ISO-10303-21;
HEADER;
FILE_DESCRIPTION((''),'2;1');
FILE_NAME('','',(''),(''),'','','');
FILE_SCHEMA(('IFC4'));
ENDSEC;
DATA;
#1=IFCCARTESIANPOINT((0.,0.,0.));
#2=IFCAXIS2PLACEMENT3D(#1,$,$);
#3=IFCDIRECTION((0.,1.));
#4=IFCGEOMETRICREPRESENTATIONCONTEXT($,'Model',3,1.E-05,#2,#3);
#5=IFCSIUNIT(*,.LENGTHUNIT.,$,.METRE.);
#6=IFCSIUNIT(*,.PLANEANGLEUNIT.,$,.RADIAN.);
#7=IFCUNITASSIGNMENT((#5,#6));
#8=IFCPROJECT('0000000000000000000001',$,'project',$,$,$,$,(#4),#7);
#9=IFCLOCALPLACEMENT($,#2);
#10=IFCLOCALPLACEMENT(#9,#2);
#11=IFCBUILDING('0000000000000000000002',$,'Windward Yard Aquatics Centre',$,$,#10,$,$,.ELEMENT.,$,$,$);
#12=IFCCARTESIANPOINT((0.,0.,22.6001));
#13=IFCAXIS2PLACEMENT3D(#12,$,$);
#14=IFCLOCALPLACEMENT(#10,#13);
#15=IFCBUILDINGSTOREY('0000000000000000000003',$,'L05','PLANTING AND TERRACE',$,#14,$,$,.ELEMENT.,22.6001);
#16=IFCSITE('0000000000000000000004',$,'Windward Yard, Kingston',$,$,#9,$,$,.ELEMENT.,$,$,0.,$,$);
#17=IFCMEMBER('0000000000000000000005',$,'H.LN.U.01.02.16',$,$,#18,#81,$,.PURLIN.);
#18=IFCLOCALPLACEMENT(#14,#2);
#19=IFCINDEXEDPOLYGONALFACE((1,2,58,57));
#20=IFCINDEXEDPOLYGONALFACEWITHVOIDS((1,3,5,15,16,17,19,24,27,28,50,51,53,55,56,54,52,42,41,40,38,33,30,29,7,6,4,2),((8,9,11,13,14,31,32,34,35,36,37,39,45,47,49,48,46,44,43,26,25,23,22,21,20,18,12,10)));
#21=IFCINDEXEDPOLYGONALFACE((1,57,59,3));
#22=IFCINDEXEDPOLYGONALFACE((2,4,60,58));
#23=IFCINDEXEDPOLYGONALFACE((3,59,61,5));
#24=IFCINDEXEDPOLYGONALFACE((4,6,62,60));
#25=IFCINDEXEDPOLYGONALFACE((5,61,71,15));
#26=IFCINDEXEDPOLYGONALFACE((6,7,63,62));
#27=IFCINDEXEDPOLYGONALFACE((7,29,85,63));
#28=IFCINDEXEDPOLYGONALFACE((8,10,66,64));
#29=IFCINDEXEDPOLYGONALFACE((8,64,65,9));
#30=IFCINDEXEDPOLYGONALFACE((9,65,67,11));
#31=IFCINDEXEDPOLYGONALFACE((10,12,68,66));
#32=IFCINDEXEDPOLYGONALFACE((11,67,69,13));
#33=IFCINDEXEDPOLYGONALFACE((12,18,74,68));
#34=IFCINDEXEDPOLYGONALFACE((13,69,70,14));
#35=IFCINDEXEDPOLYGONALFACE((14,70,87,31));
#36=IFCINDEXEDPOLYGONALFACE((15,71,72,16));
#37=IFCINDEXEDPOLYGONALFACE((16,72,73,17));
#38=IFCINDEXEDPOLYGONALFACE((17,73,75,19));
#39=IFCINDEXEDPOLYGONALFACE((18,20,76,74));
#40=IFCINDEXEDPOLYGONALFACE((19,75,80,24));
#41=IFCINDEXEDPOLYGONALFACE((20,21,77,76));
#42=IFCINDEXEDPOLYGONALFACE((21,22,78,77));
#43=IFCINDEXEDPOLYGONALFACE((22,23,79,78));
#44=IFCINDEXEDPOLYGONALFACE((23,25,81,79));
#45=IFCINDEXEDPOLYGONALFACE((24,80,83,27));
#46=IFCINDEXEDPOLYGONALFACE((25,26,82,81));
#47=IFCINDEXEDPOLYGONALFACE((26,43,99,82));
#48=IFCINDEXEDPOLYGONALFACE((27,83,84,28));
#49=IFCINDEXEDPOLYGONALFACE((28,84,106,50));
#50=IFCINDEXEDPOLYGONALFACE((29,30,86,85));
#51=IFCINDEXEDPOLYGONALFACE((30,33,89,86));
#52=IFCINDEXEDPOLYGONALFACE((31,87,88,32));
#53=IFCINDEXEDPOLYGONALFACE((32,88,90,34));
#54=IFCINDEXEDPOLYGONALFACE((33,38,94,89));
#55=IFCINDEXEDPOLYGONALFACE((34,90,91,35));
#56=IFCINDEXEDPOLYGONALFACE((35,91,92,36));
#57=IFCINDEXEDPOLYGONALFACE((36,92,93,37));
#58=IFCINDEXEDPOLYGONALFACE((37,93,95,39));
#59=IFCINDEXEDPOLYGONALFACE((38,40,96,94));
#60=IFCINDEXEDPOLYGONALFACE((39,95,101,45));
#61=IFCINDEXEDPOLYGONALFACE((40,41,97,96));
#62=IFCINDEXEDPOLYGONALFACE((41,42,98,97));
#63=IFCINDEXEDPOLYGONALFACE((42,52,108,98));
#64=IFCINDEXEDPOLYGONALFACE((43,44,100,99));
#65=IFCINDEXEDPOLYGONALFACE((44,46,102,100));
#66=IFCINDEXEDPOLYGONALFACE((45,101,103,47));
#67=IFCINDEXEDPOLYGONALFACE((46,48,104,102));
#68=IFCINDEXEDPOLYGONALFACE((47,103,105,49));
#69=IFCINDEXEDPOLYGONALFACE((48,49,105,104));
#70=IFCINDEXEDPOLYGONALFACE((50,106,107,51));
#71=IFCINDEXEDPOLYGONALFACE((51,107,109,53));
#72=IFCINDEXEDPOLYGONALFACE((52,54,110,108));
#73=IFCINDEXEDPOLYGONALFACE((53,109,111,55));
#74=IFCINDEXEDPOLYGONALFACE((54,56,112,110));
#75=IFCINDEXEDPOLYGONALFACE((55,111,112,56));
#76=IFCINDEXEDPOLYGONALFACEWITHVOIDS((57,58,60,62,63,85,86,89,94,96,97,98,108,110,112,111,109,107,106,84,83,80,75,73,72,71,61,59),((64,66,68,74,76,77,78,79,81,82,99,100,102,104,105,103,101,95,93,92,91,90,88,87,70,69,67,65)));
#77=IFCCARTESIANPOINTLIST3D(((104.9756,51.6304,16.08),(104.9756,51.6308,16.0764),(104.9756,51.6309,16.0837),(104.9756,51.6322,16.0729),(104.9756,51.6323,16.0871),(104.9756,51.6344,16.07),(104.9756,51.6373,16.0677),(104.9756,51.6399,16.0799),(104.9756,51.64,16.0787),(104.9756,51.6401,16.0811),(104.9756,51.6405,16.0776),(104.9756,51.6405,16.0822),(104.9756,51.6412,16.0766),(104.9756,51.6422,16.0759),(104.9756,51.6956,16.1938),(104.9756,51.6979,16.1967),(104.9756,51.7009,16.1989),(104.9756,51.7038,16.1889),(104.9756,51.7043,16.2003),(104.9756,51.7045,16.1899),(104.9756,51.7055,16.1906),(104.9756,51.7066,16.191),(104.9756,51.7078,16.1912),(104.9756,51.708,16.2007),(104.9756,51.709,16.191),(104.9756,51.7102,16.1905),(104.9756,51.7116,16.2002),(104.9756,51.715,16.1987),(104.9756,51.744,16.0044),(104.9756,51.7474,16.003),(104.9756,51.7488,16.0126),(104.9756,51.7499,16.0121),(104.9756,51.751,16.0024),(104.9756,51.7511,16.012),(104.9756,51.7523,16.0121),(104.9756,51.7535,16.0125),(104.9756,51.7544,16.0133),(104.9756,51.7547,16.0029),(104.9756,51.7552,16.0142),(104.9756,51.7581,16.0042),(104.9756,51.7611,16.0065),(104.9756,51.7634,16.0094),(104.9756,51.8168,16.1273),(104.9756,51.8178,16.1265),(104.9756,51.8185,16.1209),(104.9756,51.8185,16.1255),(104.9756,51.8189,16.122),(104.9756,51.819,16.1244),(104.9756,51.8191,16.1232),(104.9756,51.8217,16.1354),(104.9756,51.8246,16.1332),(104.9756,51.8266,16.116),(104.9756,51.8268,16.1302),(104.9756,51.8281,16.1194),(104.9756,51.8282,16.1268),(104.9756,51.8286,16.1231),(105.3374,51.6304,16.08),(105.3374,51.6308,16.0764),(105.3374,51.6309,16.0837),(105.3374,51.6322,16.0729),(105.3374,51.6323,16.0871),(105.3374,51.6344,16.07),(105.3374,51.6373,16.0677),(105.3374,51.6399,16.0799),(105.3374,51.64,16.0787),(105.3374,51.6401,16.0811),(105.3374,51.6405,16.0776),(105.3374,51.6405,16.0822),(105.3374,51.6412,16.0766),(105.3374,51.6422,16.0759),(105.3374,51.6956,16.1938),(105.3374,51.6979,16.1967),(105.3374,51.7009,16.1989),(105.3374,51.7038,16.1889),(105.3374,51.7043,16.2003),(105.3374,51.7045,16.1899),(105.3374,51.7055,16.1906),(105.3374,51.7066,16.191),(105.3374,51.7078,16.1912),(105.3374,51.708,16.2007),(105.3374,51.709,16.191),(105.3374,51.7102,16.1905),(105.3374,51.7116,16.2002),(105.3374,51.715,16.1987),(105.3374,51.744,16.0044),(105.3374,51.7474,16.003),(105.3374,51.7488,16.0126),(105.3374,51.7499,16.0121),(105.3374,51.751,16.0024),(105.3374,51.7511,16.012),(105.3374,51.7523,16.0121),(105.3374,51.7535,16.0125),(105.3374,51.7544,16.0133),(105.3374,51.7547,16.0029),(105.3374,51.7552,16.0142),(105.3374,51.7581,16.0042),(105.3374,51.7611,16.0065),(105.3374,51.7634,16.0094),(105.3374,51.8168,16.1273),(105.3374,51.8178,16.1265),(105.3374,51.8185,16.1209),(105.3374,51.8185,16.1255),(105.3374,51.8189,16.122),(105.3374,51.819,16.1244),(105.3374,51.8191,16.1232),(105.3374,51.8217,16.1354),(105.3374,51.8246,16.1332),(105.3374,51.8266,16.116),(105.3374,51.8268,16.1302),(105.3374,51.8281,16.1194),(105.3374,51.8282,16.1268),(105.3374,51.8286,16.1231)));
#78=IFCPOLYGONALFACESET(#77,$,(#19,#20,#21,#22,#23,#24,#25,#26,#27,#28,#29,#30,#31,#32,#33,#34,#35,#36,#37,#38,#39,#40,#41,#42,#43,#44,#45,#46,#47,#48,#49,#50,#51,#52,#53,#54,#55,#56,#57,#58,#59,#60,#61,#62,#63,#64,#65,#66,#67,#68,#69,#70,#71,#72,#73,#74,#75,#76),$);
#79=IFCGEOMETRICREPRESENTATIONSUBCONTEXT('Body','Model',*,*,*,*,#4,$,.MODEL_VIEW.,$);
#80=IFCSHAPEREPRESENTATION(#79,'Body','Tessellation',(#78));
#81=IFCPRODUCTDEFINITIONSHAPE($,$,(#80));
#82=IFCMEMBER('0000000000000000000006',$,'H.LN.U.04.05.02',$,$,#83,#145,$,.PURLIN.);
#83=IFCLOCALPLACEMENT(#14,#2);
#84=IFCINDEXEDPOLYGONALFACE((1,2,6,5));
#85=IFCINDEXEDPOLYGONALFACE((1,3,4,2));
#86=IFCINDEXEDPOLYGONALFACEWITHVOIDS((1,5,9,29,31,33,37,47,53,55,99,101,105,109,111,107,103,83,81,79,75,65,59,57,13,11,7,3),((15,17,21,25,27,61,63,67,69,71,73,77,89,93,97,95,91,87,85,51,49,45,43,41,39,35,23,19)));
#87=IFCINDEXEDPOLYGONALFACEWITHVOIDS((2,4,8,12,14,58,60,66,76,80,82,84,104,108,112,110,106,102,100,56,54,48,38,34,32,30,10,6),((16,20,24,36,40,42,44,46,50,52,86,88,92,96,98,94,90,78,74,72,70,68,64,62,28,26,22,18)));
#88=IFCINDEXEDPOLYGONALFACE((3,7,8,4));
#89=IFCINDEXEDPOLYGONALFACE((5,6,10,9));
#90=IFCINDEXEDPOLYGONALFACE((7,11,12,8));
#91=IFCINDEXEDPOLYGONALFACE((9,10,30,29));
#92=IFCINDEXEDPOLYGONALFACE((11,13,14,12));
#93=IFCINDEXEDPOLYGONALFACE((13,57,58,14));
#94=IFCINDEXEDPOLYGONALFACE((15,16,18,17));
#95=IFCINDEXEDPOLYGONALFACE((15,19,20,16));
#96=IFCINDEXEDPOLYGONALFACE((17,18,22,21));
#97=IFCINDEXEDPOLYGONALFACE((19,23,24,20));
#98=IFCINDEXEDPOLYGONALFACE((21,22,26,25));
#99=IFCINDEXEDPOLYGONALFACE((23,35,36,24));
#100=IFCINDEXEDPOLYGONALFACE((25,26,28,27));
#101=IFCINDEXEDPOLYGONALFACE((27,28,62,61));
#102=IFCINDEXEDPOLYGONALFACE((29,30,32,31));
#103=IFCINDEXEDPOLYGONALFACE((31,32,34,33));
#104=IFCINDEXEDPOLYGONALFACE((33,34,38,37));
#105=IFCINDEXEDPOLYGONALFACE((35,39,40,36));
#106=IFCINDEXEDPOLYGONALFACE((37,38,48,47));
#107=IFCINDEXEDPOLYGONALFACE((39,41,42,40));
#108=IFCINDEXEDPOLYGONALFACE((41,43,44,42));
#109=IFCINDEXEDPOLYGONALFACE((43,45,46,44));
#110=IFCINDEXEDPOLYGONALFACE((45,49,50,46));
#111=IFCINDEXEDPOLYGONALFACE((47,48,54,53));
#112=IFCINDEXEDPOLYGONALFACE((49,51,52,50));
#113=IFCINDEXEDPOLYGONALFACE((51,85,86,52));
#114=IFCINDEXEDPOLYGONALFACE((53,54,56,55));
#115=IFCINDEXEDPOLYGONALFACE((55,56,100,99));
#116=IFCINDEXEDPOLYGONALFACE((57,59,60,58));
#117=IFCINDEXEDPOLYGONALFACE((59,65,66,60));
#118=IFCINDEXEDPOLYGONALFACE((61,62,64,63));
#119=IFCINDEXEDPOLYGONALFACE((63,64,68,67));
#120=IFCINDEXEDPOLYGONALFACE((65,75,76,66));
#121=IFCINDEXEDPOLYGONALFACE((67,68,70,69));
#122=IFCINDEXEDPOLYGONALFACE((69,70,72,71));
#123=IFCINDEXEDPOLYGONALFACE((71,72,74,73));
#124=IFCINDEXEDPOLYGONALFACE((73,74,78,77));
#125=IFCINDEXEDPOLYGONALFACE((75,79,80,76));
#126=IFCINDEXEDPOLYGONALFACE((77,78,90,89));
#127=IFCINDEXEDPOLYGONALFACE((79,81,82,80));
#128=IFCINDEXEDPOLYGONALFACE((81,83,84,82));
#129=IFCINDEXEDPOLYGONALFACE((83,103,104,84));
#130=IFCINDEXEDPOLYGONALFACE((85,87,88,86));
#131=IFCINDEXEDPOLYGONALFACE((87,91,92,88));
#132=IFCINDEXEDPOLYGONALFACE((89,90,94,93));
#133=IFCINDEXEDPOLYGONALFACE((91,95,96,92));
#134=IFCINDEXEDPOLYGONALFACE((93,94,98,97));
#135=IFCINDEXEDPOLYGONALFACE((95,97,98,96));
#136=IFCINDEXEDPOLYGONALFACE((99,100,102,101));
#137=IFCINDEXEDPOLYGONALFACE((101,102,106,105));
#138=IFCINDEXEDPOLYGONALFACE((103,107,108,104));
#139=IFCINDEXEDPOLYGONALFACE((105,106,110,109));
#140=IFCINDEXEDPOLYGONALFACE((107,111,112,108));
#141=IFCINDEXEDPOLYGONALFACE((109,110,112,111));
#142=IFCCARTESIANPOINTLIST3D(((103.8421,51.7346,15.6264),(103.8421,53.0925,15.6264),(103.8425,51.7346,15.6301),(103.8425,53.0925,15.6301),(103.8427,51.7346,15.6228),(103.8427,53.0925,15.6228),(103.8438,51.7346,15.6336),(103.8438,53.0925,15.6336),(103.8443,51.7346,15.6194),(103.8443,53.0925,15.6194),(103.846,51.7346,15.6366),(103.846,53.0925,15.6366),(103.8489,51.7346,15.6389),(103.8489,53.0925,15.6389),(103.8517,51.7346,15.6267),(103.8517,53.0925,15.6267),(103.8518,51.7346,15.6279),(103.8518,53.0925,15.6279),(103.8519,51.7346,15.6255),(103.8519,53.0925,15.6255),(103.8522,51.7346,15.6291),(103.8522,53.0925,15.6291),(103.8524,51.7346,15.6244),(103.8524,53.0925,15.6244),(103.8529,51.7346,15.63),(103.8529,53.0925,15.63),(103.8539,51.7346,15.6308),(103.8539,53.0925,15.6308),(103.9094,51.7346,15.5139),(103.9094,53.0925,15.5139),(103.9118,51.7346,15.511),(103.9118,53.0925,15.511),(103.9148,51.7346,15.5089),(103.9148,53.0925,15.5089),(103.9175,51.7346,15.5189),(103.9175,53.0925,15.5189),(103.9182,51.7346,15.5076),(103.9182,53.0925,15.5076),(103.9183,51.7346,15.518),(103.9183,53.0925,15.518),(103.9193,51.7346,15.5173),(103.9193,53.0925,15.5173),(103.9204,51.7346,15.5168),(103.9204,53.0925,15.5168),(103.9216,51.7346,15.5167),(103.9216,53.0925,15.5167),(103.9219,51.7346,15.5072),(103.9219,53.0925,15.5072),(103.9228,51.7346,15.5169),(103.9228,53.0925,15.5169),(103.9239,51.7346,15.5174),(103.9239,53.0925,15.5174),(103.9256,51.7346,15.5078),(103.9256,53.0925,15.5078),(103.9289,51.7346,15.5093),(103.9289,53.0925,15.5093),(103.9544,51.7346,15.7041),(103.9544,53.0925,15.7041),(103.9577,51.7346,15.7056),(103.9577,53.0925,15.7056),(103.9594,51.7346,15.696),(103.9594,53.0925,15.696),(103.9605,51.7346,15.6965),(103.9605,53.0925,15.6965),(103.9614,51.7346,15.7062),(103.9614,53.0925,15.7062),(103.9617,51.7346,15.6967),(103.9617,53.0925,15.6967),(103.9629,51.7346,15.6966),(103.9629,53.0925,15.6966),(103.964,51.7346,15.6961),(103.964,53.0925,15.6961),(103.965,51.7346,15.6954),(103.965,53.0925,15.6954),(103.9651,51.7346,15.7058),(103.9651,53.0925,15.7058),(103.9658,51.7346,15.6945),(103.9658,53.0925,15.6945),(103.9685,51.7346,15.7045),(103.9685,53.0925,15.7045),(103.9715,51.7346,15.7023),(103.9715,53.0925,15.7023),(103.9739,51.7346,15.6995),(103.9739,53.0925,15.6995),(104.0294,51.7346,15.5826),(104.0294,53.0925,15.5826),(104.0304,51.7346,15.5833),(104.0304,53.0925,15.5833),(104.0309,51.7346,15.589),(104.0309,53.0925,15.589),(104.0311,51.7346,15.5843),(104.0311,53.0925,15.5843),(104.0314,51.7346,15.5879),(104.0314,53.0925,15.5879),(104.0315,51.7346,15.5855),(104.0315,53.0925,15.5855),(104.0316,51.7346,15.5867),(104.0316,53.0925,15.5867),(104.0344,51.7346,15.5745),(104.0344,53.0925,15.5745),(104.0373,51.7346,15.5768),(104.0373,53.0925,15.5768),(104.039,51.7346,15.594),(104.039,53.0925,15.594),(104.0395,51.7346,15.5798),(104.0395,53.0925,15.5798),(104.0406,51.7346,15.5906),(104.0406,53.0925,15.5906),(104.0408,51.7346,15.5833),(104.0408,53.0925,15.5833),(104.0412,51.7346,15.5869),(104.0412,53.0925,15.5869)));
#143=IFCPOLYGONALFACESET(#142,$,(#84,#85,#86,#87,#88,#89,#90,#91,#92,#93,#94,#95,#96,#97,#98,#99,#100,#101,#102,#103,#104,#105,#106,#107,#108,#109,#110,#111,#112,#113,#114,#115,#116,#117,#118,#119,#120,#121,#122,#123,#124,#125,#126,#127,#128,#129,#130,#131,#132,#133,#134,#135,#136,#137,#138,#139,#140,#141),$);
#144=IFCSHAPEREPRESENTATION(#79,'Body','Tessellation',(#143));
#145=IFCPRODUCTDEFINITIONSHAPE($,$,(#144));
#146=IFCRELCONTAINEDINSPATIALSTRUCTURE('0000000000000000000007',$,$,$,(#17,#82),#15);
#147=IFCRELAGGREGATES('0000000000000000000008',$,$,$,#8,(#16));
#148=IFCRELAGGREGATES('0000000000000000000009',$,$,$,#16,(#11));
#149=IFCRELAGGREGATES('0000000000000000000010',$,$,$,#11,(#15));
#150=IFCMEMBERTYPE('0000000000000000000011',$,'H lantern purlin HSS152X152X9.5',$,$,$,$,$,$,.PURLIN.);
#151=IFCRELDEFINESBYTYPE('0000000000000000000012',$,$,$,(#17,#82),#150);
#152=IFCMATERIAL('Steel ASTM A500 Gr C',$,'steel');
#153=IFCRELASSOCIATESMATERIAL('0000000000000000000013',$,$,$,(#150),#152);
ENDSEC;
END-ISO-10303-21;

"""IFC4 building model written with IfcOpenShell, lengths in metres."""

from ifc_helpers import new_model, si_unit, direction, frame, origin, origin_2d, place, context, subcontext, project, spatial, hollow_rectangle, extrude, material, material_profile, profile_set, type_object, element, save


model = new_model("IFC4")

# Units and contexts
model_context = context("Model", 3, precision=1e-05, world=origin(), true_north=direction((0.0, 1.0)))
body_context = subcontext(model_context, "Body", "Model", "MODEL_VIEW")
ifc_project = project(units=[si_unit("LENGTHUNIT", "METRE"), si_unit("PLANEANGLEUNIT", "RADIAN")], contexts=[model_context])

# Site, building, storey
site_placement = place(None, origin())
site = spatial("IfcSite", under=ifc_project, at=site_placement, Name="Windward Yard, Kingston", CompositionType="ELEMENT", RefElevation=0.0)
building_placement = place(site_placement, origin())
building = spatial("IfcBuilding", under=site, at=building_placement, Name="Windward Yard Aquatics Centre", CompositionType="ELEMENT")
storey_placement = place(building_placement, frame((0.0, 0.0, 22.6001)))
storey = spatial("IfcBuildingStorey", under=building, at=storey_placement, Name="L05", Description="PLANTING AND TERRACE", CompositionType="ELEMENT", Elevation=22.6001)

# Members
ifc_material_1 = material(Name="Steel ASTM A500 Gr C", Category="steel")
ifc_material_profile = material_profile(ifc_material_1, hollow_rectangle(XDim=0.1523, YDim=0.1523, WallThickness=0.0095, InnerFilletRadius=0.0046, OuterFilletRadius=0.0142, at=origin_2d()), Name="HSS152X152X9.5")
ifc_profile_set = profile_set([ifc_material_profile], Name="Steel ASTM A500 Gr C")
member_type = type_object("IfcMemberType", Name="H lantern purlin HSS152X152X9.5", PredefinedType="PURLIN", material=ifc_profile_set)
member_1_placement = place(storey_placement, frame((105.3374, 51.7295, 16.1016), z_axis=(-1.0, 0.0, 0.0), x_axis=(0.0, -0.51012, -0.860103)))
element("IfcMember", 1, at=member_1_placement, inside=storey, type_object=member_type, Name="H.LN.U.01.02.16", PredefinedType="PURLIN", context=body_context, shape_type="SweptSolid", body=[
    extrude(hollow_rectangle(XDim=0.1523, YDim=0.1523, WallThickness=0.0095, InnerFilletRadius=0.0046, OuterFilletRadius=0.0142, at=origin_2d()), origin(), (0.0, 0.0, 1.0), 0.3618),
])
member_2_placement = place(storey_placement, frame((103.9417, 51.7346, 15.6067), z_axis=(0.0, 1.0, 0.0), x_axis=(-0.850755, 0.0, -0.525562)))
element("IfcMember", 2, at=member_2_placement, inside=storey, type_object=member_type, Name="H.LN.U.04.05.02", PredefinedType="PURLIN", context=body_context, shape_type="SweptSolid", body=[
    extrude(hollow_rectangle(XDim=0.1523, YDim=0.1523, WallThickness=0.0095, InnerFilletRadius=0.0046, OuterFilletRadius=0.0142, at=origin_2d()), origin(), (0.0, 0.0, 1.0), 1.3579),
])

save(model, "model.ifc")
